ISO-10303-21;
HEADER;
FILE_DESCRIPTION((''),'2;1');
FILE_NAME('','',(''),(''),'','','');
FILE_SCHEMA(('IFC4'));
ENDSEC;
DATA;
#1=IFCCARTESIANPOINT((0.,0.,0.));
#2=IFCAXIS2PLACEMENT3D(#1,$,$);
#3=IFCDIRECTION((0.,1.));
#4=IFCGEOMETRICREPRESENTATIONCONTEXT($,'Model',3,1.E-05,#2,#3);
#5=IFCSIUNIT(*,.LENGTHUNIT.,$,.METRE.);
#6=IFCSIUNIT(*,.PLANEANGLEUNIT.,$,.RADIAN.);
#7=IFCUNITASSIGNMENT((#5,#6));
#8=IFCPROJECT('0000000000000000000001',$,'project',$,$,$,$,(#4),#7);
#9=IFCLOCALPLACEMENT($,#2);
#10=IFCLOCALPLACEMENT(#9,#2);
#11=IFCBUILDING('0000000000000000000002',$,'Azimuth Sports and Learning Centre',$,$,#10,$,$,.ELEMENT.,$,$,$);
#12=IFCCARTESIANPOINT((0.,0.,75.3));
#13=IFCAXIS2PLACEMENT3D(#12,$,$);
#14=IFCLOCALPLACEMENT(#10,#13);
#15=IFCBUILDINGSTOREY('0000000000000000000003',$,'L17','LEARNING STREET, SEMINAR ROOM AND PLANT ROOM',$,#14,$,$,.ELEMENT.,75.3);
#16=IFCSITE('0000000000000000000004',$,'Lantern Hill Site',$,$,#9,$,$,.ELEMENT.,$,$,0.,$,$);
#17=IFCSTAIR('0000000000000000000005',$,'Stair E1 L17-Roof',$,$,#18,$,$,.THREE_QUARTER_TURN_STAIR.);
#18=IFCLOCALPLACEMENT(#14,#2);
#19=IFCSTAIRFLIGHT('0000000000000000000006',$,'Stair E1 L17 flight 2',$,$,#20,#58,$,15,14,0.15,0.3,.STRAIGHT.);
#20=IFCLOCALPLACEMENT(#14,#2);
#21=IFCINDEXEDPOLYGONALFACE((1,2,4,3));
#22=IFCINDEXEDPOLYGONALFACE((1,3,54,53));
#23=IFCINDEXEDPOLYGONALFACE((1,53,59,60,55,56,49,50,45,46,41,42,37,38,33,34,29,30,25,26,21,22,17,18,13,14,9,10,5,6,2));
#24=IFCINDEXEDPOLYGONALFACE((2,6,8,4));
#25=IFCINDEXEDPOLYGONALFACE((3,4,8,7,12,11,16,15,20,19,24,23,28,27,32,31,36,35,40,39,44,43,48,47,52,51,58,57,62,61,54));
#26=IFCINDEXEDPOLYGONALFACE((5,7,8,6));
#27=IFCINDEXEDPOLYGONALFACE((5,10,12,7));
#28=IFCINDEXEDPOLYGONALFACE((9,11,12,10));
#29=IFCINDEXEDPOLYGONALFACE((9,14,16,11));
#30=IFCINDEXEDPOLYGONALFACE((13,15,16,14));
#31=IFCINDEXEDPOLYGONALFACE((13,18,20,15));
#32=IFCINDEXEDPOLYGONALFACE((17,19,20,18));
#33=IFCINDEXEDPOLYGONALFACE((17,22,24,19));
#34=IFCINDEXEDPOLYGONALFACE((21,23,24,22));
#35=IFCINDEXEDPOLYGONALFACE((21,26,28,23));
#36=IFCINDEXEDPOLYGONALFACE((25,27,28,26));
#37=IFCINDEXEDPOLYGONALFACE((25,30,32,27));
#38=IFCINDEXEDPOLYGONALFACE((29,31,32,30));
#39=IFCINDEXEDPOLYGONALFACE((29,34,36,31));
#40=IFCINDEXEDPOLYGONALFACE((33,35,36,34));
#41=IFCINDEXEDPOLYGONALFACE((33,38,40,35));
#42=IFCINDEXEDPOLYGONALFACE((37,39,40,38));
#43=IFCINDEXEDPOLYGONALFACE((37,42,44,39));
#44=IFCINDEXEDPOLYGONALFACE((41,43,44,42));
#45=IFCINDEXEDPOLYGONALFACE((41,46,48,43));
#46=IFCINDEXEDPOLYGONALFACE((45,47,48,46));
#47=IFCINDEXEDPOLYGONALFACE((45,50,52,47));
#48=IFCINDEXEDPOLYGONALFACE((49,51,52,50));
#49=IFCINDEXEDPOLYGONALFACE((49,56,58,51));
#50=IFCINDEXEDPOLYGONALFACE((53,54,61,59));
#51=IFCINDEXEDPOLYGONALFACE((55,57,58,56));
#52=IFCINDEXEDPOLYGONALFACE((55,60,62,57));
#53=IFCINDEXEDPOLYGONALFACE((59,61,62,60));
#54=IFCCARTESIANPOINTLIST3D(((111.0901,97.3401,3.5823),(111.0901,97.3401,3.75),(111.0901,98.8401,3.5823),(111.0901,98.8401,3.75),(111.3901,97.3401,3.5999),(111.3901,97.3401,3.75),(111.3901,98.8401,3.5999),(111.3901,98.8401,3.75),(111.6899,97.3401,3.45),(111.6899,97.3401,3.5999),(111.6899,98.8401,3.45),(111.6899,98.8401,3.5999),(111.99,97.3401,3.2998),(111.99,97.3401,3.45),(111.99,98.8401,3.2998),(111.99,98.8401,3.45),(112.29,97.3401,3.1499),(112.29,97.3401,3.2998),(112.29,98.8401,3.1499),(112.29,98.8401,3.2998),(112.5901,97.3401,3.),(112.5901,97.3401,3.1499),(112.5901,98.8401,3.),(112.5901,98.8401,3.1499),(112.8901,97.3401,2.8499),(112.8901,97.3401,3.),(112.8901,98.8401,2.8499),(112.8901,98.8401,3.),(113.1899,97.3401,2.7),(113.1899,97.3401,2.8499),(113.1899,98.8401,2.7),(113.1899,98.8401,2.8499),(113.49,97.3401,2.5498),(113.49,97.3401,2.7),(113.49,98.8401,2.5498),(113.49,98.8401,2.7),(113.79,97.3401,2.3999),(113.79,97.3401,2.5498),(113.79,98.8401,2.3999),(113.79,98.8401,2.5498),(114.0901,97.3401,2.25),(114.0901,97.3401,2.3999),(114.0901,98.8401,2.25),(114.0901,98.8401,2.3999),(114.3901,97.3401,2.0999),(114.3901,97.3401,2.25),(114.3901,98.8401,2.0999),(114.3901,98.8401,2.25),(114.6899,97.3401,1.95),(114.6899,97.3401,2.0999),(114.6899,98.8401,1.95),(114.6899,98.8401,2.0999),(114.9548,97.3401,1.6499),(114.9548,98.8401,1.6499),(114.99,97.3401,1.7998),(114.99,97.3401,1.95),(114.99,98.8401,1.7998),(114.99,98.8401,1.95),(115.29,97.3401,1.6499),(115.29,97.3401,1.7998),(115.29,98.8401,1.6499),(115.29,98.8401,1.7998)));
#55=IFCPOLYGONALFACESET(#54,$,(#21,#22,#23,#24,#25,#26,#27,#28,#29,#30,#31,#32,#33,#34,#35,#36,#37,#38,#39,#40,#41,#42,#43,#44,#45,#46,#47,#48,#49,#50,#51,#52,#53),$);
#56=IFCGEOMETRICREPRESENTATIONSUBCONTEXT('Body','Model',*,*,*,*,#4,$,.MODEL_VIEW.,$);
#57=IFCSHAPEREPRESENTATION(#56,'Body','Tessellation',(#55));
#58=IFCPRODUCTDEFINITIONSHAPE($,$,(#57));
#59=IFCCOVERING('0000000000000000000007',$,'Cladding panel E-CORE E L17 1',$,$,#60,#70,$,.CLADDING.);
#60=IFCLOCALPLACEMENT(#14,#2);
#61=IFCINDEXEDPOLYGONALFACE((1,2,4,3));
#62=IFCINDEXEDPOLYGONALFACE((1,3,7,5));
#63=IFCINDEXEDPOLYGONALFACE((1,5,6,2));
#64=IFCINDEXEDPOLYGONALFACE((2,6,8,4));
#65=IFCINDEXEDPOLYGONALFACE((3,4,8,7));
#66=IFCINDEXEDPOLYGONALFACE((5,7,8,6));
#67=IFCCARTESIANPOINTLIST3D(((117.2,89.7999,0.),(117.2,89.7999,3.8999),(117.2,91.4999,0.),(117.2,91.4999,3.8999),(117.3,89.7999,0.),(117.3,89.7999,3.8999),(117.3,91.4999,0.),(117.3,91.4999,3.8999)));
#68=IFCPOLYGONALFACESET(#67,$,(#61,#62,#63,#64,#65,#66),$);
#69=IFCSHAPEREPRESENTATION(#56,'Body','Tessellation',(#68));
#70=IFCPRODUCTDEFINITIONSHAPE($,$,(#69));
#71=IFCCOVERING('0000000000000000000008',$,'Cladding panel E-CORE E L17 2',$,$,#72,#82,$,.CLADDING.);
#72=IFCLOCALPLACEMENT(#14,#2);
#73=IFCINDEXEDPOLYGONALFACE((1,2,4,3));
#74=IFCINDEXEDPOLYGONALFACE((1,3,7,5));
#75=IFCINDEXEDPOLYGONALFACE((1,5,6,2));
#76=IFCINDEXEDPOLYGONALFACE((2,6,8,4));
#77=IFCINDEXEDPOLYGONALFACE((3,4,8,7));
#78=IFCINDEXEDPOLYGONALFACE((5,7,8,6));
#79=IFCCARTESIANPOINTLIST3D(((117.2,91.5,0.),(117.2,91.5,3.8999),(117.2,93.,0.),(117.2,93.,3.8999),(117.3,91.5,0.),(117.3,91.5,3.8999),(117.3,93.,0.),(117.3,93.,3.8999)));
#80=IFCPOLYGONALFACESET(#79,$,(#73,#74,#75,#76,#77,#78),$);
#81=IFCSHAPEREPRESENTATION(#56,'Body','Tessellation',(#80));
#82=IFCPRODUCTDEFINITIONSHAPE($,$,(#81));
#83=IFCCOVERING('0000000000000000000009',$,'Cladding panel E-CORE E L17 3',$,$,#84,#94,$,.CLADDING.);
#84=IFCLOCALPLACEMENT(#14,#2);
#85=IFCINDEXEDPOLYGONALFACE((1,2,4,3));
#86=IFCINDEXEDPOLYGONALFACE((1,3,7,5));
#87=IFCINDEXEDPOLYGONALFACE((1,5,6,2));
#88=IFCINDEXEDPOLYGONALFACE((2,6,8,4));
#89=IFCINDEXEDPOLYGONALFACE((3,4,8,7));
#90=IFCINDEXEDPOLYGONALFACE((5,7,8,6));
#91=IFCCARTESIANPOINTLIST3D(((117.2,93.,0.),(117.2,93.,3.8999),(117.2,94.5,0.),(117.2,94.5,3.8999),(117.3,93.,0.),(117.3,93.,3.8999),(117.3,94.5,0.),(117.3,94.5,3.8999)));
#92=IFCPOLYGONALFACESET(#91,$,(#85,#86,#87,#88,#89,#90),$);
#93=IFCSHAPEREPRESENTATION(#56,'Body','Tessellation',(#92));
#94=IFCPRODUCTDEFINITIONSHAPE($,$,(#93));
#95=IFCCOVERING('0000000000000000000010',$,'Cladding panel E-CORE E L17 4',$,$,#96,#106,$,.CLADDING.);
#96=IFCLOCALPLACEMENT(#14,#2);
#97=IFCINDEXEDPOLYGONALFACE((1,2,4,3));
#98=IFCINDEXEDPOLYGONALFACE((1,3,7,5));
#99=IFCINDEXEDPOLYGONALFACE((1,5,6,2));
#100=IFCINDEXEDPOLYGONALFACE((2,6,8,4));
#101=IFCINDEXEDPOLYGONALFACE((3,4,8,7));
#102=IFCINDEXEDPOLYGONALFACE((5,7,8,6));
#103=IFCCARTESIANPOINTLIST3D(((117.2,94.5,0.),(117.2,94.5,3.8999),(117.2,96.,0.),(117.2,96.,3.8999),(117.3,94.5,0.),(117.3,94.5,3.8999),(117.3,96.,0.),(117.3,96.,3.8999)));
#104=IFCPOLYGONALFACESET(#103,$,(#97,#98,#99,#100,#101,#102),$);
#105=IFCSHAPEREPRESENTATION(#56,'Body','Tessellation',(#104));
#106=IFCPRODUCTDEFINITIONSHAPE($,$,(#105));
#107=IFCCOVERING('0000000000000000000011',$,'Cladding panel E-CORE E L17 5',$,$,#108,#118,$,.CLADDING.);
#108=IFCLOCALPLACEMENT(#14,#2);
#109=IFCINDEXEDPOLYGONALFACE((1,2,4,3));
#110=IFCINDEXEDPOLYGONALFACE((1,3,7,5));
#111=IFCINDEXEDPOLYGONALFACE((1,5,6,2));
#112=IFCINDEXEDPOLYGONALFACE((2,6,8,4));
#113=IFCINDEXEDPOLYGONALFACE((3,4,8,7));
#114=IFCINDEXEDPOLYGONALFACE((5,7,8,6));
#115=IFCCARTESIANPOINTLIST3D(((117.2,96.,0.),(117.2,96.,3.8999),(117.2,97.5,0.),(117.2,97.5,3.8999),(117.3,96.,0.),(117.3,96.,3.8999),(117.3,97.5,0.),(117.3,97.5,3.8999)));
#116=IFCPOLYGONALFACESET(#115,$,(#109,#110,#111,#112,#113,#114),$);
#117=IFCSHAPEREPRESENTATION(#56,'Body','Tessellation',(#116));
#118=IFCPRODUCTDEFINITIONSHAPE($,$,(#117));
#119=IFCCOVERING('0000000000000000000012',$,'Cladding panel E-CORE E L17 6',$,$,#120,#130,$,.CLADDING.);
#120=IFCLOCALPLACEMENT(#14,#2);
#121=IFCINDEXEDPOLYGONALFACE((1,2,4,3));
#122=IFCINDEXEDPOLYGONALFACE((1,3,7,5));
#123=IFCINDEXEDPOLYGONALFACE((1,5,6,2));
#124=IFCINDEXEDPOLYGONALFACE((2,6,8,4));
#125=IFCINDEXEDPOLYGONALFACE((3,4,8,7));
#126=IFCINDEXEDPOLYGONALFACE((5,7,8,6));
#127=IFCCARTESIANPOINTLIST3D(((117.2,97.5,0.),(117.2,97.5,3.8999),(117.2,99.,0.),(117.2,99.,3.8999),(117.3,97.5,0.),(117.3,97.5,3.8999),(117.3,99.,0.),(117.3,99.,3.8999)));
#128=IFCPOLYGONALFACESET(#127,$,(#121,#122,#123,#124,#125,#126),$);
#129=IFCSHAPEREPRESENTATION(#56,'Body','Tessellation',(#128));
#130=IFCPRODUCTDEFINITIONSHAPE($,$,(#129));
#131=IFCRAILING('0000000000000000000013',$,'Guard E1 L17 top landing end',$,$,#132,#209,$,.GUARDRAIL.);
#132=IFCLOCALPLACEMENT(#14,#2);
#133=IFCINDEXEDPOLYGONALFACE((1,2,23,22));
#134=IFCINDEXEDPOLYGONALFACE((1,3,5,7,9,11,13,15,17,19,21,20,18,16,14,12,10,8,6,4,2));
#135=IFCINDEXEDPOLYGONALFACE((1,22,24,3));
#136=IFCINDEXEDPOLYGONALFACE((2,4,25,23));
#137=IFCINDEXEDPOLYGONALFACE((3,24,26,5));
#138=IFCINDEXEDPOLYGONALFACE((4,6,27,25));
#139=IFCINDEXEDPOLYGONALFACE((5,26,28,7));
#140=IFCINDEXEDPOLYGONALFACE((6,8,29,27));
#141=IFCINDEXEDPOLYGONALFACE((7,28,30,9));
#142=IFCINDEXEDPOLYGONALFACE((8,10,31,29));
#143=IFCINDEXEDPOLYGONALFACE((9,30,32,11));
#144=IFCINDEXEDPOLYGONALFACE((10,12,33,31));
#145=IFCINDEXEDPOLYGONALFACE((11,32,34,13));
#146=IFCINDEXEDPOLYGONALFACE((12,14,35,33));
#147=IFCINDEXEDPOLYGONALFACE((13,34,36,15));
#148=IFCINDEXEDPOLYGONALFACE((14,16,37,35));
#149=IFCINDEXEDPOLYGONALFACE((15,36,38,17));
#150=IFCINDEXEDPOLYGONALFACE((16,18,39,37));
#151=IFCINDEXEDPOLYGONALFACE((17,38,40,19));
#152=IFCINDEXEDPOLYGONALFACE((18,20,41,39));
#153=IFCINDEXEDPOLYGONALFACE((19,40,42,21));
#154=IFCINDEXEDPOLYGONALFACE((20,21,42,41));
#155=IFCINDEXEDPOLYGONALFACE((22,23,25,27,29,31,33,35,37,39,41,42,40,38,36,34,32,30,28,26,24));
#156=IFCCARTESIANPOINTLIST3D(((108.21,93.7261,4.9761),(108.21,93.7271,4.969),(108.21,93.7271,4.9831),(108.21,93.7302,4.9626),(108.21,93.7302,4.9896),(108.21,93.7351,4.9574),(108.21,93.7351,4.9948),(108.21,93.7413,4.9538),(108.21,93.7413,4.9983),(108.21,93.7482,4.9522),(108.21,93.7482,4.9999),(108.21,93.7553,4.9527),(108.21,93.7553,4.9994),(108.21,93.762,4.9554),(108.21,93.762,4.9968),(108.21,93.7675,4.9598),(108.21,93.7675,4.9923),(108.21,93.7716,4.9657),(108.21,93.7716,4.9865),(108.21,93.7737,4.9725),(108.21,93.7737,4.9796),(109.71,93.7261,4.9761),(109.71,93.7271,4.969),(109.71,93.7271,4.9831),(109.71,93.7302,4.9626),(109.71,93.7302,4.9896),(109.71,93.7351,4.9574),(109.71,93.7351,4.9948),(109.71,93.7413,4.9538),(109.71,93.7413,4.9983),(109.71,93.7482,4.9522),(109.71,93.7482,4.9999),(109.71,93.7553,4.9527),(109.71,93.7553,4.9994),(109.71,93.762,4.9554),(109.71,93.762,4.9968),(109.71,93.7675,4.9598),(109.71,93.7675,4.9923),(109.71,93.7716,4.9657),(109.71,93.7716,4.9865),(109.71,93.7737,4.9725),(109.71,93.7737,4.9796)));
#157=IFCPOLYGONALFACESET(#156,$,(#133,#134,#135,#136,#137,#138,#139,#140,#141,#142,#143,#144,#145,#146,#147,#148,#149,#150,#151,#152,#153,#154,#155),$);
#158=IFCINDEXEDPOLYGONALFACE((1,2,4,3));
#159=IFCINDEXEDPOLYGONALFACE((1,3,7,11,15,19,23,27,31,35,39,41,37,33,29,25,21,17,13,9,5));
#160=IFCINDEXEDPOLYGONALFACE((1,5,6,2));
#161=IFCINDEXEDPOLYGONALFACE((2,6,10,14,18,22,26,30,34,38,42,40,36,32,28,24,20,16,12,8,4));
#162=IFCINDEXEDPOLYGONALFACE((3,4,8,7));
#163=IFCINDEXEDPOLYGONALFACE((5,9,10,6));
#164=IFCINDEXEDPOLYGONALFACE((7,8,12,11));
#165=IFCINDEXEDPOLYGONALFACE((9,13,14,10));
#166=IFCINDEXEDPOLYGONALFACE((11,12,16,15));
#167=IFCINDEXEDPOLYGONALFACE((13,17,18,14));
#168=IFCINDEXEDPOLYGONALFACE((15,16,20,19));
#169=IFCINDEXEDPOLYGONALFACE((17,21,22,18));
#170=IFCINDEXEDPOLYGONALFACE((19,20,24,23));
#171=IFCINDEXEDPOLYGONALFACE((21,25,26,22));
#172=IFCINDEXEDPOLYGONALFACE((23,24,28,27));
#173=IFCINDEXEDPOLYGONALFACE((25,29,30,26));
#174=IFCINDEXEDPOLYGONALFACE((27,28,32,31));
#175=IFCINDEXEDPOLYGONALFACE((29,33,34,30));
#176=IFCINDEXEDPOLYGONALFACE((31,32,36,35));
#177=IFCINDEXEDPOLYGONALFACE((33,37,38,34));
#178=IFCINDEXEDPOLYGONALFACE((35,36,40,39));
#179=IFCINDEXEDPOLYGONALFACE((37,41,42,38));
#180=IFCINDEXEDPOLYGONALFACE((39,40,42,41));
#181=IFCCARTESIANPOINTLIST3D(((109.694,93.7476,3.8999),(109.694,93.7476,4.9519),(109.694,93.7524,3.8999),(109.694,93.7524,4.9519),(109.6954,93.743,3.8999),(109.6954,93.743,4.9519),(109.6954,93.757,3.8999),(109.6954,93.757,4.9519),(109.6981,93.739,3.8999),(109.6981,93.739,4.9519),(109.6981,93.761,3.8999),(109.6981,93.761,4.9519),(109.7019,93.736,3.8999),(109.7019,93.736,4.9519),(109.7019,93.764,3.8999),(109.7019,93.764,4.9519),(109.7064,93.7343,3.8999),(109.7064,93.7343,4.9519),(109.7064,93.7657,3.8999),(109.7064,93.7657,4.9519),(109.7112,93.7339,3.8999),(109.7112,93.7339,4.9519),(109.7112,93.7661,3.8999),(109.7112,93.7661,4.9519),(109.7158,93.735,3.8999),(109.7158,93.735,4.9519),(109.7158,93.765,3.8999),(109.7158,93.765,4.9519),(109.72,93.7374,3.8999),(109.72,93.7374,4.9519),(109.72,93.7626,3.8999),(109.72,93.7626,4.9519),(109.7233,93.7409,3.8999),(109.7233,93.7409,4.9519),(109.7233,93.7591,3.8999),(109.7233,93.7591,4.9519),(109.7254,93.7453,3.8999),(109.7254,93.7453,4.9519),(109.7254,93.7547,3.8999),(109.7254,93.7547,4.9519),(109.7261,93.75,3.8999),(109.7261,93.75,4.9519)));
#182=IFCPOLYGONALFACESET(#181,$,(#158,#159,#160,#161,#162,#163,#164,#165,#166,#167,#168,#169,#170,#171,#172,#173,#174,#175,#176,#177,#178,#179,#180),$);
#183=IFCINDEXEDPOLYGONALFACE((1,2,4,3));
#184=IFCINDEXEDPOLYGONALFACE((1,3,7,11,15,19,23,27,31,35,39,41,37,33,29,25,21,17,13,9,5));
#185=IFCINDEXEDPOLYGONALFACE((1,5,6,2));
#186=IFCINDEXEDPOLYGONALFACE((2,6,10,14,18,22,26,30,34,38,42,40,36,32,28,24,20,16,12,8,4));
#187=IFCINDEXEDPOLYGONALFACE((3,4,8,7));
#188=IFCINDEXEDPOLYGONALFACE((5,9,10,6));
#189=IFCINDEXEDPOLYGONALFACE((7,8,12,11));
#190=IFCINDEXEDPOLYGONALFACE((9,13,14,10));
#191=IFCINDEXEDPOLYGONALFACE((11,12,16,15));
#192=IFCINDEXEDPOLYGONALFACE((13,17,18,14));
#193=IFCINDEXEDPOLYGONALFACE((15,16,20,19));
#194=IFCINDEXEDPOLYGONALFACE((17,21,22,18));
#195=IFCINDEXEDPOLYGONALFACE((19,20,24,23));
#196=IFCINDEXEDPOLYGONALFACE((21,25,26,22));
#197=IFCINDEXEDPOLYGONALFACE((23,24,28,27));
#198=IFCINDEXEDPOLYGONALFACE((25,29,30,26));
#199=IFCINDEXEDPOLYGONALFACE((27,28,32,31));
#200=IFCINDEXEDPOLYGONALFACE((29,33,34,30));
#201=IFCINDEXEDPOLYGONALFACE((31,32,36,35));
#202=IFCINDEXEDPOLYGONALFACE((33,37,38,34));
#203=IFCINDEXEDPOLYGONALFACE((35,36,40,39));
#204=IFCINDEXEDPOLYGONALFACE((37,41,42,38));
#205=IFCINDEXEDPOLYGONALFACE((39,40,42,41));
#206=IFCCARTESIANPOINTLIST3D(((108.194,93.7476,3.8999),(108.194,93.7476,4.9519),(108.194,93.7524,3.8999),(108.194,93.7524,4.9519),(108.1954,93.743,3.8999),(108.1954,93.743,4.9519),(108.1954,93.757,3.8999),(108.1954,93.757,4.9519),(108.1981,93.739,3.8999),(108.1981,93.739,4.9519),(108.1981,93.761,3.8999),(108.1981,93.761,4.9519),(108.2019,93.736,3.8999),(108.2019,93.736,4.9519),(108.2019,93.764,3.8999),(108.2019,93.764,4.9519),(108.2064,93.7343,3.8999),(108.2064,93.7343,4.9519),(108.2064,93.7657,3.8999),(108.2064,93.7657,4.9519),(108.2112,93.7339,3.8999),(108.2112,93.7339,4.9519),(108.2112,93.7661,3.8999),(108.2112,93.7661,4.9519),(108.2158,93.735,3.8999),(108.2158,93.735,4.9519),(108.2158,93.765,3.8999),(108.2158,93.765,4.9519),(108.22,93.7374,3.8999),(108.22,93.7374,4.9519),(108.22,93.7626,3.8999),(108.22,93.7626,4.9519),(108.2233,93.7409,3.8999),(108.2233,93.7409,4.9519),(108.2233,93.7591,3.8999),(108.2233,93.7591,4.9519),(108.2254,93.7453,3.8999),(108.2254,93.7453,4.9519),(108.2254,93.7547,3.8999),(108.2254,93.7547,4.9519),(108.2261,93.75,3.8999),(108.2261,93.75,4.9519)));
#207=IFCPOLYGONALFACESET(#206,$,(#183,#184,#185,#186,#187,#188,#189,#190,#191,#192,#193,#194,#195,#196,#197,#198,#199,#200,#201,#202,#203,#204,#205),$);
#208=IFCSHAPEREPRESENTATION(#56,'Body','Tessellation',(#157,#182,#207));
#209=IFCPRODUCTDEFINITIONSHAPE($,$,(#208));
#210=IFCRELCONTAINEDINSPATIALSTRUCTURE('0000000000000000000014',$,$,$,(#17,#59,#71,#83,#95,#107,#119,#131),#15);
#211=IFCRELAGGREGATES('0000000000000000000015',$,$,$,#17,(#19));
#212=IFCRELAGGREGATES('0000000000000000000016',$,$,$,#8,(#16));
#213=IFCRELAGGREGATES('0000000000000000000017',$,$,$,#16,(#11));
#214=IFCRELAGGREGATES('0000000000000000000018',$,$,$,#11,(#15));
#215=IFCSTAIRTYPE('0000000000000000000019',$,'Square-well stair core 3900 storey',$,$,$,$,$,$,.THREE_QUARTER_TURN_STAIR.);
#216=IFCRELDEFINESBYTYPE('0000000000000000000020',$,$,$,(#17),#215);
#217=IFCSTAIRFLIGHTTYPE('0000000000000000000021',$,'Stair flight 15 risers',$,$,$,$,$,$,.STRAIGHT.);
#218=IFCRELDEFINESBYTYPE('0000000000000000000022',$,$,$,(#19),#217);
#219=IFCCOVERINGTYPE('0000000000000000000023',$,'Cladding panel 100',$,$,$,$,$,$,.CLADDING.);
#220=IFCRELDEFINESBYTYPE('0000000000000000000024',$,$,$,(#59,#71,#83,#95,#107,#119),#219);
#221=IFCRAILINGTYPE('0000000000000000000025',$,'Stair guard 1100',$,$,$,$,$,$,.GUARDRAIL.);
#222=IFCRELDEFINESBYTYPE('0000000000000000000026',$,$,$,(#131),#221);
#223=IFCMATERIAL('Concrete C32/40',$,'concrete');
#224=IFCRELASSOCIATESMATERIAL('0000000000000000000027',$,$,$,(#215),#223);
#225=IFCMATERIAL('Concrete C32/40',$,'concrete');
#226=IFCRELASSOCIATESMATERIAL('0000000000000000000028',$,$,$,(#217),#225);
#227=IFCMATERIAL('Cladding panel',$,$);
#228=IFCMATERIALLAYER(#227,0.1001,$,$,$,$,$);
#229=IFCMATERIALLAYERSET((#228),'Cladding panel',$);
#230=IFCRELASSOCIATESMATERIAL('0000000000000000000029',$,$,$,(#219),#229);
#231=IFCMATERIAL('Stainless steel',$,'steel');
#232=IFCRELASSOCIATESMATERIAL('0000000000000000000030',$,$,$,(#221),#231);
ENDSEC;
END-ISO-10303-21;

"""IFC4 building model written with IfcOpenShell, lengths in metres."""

from ifc_helpers import new_model, si_unit, direction, frame, origin, origin_2d, place, context, subcontext, project, spatial, polyline, rectangle, circle, outline, extrude, material, layer, layer_set, type_object, element, aggregate, save


model = new_model("IFC4")

# Units and contexts
model_context = context("Model", 3, precision=1e-05, world=origin(), true_north=direction((0.0, 1.0)))
body_context = subcontext(model_context, "Body", "Model", "MODEL_VIEW")
ifc_project = project(units=[si_unit("LENGTHUNIT", "METRE"), si_unit("PLANEANGLEUNIT", "RADIAN")], contexts=[model_context])

# Site, building, storey
site_placement = place(None, origin())
site = spatial("IfcSite", under=ifc_project, at=site_placement, Name="Lantern Hill Site", CompositionType="ELEMENT", RefElevation=0.0)
building_placement = place(site_placement, origin())
building = spatial("IfcBuilding", under=site, at=building_placement, Name="Azimuth Sports and Learning Centre", CompositionType="ELEMENT")
storey_placement = place(building_placement, frame((0.0, 0.0, 75.3)))
storey = spatial("IfcBuildingStorey", under=building, at=storey_placement, Name="L17", Description="LEARNING STREET, SEMINAR ROOM AND PLANT ROOM", CompositionType="ELEMENT", Elevation=75.3)

# Stair, stair flight
ifc_material_1 = material(Name="Concrete C32/40", Category="concrete")
stair_type = type_object("IfcStairType", Name="Square-well stair core 3900 storey", PredefinedType="THREE_QUARTER_TURN_STAIR", material=ifc_material_1)
stair_placement = place(storey_placement, origin())
stair = element("IfcStair", 1, at=stair_placement, inside=storey, type_object=stair_type, Name="Stair E1 L17-Roof", PredefinedType="THREE_QUARTER_TURN_STAIR")
ifc_material_2 = material(Name="Concrete C32/40", Category="concrete")
stair_flight_type_1 = type_object("IfcStairFlightType", Name="Stair flight 15 risers", PredefinedType="STRAIGHT", material=ifc_material_2)
stair_flight_1_placement = place(storey_placement, frame((115.29, 98.0901, 1.6499), z_axis=(0.0, 0.0, 1.0), x_axis=(-1.0, 0.0, 0.0)))
stair_flight_1 = element("IfcStairFlight", 2, at=stair_flight_1_placement, type_object=stair_flight_type_1, Name="Stair E1 L17 flight 2", NumberOfRisers=15, NumberOfTreads=14, PredefinedType="STRAIGHT", RiserHeight=0.15, TreadLength=0.3, context=body_context, shape_type="SweptSolid", body=[
    extrude(outline(polyline([(0.0, 0.0), (0.0, 0.1499), (0.3, 0.1499), (0.3, 0.3), (0.6001, 0.3), (0.6001, 0.45), (0.8999, 0.45), (0.8999, 0.6001), (1.2, 0.6001), (1.2, 0.75), (1.5, 0.75), (1.5, 0.8999), (1.8, 0.8999), (1.8, 1.05), (2.1001, 1.05), (2.1001, 1.2), (2.3999, 1.2), (2.3999, 1.3501), (2.7, 1.3501), (2.7, 1.5), (3.0, 1.5), (3.0, 1.6499), (3.3, 1.6499), (3.3, 1.8), (3.6001, 1.8), (3.6001, 1.95), (3.8999, 1.95), (3.8999, 2.1001), (4.2, 2.1001), (4.2, 2.25), (4.2, 1.9324), (0.3352, 0.0), (0.0, 0.0)])), frame((0.0, 0.75, 0.0), z_axis=(0.0, -1.0, 0.0), x_axis=(1.0, 0.0, 0.0)), (0.0, 0.0, 1.0), 1.5),
])
aggregate(stair, [stair_flight_1])

# Coverings
ifc_material_3 = material(Name="Cladding panel")
ifc_layer_1 = layer(ifc_material_3, 0.1001)
ifc_layer_set_1 = layer_set([ifc_layer_1], Name="Cladding panel")
covering_type = type_object("IfcCoveringType", Name="Cladding panel 100", PredefinedType="CLADDING", material=ifc_layer_set_1)
covering_placement = place(storey_placement, frame((117.25, 90.6499, 0.0), z_axis=(0.0, 0.0, 1.0), x_axis=(0.0, 1.0, 0.0)))
element("IfcCovering", 3, at=covering_placement, inside=storey, type_object=covering_type, Name="Cladding panel E-CORE E L17 1", PredefinedType="CLADDING", context=body_context, shape_type="SweptSolid", body=[
    extrude(rectangle(XDim=1.7, YDim=0.1001, at=origin_2d()), origin(), (0.0, 0.0, 1.0), 3.8999),
])
for number, where, z_axis, x_axis, name in (
    (4, (117.25, 92.25, 0.0), (0.0, 0.0, 1.0), (0.0, 1.0, 0.0), "Cladding panel E-CORE E L17 2"),
    (5, (117.25, 93.75, 0.0), (0.0, 0.0, 1.0), (0.0, 1.0, 0.0), "Cladding panel E-CORE E L17 3"),
    (6, (117.25, 95.25, 0.0), (0.0, 0.0, 1.0), (0.0, 1.0, 0.0), "Cladding panel E-CORE E L17 4"),
    (7, (117.25, 96.75, 0.0), (0.0, 0.0, 1.0), (0.0, 1.0, 0.0), "Cladding panel E-CORE E L17 5"),
    (8, (117.25, 98.25, 0.0), (0.0, 0.0, 1.0), (0.0, 1.0, 0.0), "Cladding panel E-CORE E L17 6"),
):
    element("IfcCovering", number, at=place(storey_placement, frame(where, z_axis=z_axis, x_axis=x_axis)), inside=storey, type_object=covering_type, Name=name, PredefinedType="CLADDING", context=body_context, shape_type="SweptSolid", body=[
        extrude(rectangle(XDim=1.5, YDim=0.1001, at=origin_2d()), origin(), (0.0, 0.0, 1.0), 3.8999),
    ])

# Railing
ifc_material_4 = material(Name="Stainless steel", Category="steel")
railing_type_1 = type_object("IfcRailingType", Name="Stair guard 1100", PredefinedType="GUARDRAIL", material=ifc_material_4)
railing_1_placement = place(storey_placement, frame((109.71, 93.75, 3.8999)))
element("IfcRailing", 9, at=railing_1_placement, inside=storey, type_object=railing_type_1, Name="Guard E1 L17 top landing end", PredefinedType="GUARDRAIL", context=body_context, shape_type="SweptSolid", body=[
    extrude(circle(Radius=0.0239, at=origin_2d()), frame((0.0, 0.0, 1.0762), z_axis=(-1.0, 0.0, 0.0), x_axis=(0.0, -1.0, 0.0)), (0.0, 0.0, 1.0), 1.5),
    extrude(circle(Radius=0.0161, at=origin_2d()), origin(), (0.0, 0.0, 1.0), 1.052),
    extrude(circle(Radius=0.0161, at=origin_2d()), frame((-1.5, 0.0, 0.0)), (0.0, 0.0, 1.0), 1.052),
])

save(model, "model.ifc")
